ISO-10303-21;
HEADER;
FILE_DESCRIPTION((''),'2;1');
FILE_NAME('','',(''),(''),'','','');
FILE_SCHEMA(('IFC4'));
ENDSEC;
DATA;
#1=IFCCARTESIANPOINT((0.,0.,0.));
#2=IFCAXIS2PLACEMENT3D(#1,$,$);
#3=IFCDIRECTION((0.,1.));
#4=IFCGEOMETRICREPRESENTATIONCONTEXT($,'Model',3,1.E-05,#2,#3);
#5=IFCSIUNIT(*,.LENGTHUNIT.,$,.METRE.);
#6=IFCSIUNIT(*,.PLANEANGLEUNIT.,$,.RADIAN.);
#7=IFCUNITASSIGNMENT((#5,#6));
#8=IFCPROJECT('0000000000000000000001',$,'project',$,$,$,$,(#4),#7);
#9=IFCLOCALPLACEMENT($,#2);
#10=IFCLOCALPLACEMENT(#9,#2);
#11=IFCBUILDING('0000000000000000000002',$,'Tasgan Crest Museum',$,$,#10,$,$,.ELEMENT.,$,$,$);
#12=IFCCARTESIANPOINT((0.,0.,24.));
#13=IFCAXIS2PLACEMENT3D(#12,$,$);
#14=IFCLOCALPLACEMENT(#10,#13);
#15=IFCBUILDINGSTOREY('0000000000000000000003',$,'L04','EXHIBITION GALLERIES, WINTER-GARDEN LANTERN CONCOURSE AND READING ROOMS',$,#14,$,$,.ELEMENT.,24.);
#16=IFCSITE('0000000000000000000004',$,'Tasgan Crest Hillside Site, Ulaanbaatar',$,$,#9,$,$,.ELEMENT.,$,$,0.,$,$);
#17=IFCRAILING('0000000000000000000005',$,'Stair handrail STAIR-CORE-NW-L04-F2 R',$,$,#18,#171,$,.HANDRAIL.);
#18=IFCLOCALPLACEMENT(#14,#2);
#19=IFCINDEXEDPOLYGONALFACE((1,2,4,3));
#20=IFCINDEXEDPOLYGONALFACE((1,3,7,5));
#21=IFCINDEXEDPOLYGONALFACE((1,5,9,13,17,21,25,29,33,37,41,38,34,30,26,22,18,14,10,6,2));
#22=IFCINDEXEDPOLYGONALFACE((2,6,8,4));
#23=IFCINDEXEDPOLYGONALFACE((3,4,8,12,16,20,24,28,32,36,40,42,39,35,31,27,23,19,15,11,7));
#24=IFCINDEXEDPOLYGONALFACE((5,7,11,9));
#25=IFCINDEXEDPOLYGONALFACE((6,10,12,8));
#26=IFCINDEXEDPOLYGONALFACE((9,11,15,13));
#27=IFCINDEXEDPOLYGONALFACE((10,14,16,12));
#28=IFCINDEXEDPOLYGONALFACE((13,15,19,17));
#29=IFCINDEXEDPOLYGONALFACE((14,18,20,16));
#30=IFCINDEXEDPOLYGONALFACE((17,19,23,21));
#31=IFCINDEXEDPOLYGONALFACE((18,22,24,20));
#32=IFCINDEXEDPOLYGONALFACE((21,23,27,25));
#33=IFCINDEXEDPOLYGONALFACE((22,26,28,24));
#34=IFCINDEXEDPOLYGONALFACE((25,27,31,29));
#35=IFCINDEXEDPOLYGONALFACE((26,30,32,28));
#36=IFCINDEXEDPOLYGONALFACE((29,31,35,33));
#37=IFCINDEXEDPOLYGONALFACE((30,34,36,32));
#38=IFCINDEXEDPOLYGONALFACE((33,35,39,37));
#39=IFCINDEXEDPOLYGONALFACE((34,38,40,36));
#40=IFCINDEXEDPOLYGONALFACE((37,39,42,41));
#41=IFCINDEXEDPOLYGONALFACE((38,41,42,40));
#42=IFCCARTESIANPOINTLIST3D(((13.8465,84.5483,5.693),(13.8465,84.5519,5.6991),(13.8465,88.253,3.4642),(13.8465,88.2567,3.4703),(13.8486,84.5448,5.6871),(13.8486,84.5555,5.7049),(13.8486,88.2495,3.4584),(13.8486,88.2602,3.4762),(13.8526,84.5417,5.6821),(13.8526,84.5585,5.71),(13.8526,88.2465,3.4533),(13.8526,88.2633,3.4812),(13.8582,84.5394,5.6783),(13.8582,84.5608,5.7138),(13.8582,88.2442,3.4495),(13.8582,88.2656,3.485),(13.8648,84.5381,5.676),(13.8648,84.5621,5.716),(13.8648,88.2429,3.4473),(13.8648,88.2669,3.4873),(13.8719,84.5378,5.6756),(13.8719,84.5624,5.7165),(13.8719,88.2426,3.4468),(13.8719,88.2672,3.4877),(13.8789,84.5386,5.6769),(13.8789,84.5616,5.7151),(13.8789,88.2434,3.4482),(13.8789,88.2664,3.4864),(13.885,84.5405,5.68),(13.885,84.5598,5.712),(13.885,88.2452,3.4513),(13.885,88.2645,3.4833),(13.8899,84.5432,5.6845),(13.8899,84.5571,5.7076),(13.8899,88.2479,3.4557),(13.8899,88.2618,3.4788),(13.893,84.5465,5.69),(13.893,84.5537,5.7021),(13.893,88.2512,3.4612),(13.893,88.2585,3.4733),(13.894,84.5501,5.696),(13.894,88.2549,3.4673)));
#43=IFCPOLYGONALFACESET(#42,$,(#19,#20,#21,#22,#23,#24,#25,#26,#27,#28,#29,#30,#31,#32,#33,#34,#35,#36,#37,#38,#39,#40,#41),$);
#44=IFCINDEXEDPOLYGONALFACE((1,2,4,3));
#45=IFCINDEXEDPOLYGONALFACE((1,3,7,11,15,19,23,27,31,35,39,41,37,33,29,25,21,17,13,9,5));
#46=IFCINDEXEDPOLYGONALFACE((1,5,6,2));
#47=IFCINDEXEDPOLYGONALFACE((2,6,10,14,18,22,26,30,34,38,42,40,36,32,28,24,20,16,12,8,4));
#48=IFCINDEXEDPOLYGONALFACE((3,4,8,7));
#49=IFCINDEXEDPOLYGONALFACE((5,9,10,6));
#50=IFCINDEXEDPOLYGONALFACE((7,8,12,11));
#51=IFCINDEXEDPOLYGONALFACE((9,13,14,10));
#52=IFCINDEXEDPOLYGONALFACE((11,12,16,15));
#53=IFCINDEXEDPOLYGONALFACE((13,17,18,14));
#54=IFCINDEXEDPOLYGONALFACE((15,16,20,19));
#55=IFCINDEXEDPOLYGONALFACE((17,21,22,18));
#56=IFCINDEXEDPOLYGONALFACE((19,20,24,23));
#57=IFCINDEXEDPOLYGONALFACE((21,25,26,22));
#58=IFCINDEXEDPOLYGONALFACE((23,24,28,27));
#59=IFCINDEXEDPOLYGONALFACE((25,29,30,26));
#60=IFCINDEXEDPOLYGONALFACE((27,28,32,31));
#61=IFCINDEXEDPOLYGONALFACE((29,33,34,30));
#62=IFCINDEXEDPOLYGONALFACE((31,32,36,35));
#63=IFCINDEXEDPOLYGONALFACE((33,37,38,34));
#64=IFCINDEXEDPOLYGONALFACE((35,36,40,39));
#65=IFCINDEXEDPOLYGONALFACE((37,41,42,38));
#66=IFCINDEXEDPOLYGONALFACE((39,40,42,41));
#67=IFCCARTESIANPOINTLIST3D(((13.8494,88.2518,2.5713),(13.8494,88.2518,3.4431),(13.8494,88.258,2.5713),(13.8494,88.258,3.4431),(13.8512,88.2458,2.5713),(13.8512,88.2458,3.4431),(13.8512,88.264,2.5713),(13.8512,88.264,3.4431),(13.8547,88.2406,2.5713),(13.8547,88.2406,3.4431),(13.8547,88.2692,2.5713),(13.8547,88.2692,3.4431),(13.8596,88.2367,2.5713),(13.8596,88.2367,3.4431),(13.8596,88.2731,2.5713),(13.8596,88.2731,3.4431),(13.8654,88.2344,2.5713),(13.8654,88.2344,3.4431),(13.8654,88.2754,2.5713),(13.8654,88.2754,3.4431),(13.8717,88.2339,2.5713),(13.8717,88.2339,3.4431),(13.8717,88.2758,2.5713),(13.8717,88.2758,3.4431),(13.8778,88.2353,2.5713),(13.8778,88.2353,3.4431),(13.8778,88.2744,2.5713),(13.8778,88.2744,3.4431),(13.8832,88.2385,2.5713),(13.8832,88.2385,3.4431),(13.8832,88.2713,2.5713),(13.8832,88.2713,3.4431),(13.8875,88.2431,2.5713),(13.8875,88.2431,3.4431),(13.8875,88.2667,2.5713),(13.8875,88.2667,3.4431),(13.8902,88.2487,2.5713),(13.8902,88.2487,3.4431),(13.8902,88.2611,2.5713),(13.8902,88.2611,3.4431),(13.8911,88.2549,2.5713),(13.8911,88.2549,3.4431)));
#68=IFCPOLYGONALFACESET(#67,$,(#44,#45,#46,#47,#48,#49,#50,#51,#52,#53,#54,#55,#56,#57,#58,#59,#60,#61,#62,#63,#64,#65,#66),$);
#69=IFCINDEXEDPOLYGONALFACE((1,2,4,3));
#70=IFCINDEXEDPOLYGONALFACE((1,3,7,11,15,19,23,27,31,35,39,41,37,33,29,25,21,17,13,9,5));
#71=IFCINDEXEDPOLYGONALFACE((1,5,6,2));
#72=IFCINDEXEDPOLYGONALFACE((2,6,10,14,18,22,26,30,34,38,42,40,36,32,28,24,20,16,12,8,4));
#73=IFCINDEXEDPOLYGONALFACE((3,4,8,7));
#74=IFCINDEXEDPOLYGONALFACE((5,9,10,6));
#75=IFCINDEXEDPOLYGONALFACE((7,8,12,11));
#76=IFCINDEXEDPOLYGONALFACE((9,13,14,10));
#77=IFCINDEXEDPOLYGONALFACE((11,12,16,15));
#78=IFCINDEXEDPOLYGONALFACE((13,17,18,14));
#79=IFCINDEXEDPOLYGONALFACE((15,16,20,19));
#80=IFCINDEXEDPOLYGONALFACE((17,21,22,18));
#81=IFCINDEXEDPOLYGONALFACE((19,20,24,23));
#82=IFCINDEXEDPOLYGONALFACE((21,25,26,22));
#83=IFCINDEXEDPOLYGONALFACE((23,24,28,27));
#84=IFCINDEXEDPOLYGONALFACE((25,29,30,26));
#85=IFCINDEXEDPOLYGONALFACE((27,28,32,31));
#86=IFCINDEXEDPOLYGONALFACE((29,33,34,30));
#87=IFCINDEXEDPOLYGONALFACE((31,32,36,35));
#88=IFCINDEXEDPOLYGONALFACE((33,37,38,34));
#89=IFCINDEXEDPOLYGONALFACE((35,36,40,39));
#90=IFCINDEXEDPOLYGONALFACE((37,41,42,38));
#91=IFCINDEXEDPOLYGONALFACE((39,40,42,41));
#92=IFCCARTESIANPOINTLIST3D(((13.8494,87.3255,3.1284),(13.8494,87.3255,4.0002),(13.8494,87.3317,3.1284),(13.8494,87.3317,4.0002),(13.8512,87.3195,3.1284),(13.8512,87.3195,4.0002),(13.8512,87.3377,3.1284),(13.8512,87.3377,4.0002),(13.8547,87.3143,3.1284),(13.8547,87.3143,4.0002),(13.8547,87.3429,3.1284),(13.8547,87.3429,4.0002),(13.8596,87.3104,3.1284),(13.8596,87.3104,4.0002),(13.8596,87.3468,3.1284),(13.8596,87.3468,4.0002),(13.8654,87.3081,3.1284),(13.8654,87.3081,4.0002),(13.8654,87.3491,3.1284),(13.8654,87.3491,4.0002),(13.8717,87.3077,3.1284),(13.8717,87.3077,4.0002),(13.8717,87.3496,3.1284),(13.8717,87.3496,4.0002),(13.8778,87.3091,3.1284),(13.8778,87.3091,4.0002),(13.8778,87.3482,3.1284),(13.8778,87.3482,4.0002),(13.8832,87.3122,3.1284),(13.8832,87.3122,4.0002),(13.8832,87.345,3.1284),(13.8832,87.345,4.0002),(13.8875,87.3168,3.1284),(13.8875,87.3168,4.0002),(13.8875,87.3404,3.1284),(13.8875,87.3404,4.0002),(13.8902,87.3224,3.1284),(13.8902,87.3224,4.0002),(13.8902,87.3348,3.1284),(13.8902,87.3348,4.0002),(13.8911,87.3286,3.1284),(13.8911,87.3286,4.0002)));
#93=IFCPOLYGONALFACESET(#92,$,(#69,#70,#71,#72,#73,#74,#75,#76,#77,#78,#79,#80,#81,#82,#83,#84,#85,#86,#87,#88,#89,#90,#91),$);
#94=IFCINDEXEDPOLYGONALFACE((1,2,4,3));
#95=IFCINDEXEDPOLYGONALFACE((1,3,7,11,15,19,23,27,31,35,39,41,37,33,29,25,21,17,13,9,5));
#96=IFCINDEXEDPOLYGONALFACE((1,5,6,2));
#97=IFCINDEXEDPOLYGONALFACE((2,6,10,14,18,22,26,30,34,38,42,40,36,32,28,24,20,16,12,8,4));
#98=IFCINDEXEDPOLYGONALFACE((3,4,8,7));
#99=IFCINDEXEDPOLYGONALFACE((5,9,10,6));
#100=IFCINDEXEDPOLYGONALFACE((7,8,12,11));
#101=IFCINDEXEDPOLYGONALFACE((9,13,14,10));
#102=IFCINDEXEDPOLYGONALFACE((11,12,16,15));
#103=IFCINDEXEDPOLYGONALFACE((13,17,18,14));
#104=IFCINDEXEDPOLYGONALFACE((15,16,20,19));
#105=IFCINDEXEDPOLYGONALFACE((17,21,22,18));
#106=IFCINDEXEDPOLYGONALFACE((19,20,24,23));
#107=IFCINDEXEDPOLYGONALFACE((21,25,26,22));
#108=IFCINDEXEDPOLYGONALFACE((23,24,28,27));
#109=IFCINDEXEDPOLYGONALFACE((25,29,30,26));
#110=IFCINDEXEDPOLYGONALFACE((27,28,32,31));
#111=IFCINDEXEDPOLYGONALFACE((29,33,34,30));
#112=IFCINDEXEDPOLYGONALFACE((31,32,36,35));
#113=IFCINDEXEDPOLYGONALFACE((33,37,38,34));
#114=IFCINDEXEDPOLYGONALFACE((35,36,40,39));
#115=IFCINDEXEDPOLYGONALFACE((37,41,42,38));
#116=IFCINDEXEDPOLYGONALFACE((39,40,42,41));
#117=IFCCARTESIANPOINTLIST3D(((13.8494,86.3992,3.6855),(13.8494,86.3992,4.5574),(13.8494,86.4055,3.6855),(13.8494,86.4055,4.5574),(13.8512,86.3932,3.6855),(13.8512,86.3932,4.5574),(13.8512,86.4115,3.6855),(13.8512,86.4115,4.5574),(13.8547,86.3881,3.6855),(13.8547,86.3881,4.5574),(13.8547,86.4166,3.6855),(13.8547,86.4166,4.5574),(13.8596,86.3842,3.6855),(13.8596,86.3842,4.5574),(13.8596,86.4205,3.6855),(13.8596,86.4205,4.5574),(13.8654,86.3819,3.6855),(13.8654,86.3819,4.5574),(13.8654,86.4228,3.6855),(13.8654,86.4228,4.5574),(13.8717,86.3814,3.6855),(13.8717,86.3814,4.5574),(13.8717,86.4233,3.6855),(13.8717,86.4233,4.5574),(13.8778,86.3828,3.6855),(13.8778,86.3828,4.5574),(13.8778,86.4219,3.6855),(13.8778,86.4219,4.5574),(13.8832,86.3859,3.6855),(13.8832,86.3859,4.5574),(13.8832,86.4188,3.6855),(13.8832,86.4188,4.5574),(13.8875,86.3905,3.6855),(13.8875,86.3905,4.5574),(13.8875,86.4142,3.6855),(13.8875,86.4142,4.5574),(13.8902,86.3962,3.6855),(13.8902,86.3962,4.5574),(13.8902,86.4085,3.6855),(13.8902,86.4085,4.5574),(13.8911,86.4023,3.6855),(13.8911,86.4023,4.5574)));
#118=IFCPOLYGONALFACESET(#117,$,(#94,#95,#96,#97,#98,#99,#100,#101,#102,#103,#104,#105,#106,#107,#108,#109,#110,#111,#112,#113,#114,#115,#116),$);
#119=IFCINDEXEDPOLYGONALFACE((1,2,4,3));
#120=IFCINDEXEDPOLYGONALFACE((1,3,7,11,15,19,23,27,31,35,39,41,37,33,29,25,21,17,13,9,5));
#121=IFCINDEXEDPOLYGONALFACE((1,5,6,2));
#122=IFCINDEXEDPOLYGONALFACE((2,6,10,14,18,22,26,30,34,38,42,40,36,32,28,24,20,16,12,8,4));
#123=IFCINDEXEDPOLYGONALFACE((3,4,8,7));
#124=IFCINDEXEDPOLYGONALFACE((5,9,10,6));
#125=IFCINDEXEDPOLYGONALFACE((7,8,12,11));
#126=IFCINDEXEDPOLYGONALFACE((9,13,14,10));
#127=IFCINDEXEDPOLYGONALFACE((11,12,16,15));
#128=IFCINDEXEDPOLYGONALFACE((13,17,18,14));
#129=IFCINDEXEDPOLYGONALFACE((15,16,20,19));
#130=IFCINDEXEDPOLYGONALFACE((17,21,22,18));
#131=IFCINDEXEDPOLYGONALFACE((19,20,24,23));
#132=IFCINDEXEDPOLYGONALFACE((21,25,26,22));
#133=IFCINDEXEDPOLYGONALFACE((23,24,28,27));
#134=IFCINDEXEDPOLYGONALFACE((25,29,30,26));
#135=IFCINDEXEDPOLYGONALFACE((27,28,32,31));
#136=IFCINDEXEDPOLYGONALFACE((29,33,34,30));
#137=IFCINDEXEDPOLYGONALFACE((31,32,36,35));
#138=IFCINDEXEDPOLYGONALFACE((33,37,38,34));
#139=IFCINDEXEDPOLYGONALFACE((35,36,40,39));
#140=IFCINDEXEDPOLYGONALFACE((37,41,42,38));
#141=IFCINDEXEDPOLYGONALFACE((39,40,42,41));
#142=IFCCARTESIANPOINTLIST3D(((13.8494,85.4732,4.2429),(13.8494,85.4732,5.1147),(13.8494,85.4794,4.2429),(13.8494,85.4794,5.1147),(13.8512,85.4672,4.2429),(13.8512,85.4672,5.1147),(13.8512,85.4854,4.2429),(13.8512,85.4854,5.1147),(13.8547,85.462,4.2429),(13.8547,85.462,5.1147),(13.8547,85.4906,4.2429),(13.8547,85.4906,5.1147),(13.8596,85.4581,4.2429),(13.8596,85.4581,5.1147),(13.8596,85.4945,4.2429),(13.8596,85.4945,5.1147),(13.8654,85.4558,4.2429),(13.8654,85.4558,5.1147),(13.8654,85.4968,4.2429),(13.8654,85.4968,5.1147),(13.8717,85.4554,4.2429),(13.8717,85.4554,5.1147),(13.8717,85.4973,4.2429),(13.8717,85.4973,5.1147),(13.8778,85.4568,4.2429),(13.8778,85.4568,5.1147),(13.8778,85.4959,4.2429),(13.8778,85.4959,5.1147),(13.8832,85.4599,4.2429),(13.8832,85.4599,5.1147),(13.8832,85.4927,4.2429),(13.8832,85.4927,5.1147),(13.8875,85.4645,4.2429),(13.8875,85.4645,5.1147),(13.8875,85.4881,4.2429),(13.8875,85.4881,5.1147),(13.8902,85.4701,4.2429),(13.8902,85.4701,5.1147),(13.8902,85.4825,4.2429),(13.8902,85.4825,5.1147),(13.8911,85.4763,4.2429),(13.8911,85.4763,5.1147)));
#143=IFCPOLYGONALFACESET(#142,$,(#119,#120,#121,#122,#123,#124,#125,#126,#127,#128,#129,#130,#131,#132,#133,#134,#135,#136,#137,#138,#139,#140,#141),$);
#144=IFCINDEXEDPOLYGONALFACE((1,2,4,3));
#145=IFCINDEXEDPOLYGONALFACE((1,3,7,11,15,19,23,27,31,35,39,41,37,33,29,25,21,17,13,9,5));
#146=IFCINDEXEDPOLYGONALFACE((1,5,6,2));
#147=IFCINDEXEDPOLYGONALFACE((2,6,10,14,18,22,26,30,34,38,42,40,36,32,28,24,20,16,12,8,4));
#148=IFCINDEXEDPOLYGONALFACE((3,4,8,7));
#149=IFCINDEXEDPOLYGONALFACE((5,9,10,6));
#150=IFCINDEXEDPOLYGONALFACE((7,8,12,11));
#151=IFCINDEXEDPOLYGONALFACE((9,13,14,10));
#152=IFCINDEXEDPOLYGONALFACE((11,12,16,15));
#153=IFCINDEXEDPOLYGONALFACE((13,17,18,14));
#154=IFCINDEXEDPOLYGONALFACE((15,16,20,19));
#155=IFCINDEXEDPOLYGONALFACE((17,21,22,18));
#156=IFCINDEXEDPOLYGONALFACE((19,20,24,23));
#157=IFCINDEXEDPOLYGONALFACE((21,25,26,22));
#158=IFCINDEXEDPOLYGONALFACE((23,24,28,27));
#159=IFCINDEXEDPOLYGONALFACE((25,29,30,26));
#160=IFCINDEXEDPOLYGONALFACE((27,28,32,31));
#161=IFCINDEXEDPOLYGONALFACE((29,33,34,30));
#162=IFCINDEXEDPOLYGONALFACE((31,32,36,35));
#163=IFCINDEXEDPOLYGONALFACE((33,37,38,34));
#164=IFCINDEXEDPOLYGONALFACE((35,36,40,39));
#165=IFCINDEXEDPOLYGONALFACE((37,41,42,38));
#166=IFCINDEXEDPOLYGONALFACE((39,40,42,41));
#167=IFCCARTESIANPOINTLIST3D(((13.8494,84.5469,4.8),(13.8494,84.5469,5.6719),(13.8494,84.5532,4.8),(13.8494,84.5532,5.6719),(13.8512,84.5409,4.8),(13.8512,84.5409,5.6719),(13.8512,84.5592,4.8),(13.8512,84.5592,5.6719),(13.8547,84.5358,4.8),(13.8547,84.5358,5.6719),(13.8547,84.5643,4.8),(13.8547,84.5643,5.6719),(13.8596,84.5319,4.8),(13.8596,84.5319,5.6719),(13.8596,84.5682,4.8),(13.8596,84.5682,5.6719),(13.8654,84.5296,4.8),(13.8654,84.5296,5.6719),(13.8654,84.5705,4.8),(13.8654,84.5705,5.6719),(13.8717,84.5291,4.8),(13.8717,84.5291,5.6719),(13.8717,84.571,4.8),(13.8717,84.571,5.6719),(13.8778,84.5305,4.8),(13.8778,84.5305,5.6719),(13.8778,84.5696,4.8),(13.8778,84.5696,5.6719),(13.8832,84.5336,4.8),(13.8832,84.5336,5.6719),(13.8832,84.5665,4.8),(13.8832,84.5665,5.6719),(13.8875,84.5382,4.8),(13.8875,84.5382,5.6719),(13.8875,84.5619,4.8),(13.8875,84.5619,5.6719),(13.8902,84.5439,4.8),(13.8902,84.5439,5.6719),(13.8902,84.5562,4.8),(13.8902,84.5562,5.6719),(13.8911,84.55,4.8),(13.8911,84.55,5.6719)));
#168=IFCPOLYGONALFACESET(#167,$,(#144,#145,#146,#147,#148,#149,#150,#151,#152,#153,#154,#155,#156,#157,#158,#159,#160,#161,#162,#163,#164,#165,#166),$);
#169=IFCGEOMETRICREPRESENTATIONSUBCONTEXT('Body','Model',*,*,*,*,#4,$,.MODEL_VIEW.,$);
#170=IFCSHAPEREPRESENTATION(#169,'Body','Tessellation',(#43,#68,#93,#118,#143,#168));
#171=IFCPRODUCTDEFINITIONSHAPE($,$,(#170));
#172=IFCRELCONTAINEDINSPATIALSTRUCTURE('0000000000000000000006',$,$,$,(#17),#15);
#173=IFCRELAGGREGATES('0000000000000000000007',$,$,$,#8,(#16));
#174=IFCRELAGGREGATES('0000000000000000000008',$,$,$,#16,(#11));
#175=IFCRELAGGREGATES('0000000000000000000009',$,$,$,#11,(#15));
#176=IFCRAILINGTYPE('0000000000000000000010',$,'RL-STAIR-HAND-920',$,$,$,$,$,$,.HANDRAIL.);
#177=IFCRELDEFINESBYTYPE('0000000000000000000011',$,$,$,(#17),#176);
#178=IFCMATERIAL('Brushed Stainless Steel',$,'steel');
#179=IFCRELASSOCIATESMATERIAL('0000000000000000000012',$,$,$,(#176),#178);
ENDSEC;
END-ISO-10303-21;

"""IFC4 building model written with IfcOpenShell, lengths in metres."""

from ifc_helpers import new_model, si_unit, direction, frame, origin, origin_2d, place, context, subcontext, project, spatial, circle, extrude, material, type_object, element, save


model = new_model("IFC4")

# Units and contexts
model_context = context("Model", 3, precision=1e-05, world=origin(), true_north=direction((0.0, 1.0)))
body_context = subcontext(model_context, "Body", "Model", "MODEL_VIEW")
ifc_project = project(units=[si_unit("LENGTHUNIT", "METRE"), si_unit("PLANEANGLEUNIT", "RADIAN")], contexts=[model_context])

# Site, building, storey
site_placement = place(None, origin())
site = spatial("IfcSite", under=ifc_project, at=site_placement, Name="Tasgan Crest Hillside Site, Ulaanbaatar", CompositionType="ELEMENT", RefElevation=0.0)
building_placement = place(site_placement, origin())
building = spatial("IfcBuilding", under=site, at=building_placement, Name="Tasgan Crest Museum", CompositionType="ELEMENT")
storey_placement = place(building_placement, frame((0.0, 0.0, 24.0)))
storey = spatial("IfcBuildingStorey", under=building, at=storey_placement, Name="L04", Description="EXHIBITION GALLERIES, WINTER-GARDEN LANTERN CONCOURSE AND READING ROOMS", CompositionType="ELEMENT", Elevation=24.0)

# Railing
ifc_material_1 = material(Name="Brushed Stainless Steel", Category="steel")
railing_type_1 = type_object("IfcRailingType", Name="RL-STAIR-HAND-920", PredefinedType="HANDRAIL", material=ifc_material_1)
for number, where, name in (
    (1, (13.8701, 88.2549, 2.5713), "Stair handrail STAIR-CORE-NW-L04-F2 R"),
):
    element("IfcRailing", number, at=place(storey_placement, frame(where)), inside=storey, type_object=railing_type_1, Name=name, PredefinedType="HANDRAIL", context=body_context, shape_type="SweptSolid", body=[
        extrude(circle(Radius=0.0239, at=origin_2d()), frame((0.0, 0.0, 0.896), z_axis=(0.0, -0.856894, 0.515492), x_axis=(1.0, 0.0, 0.0)), (0.0, 0.0, 1.0), 4.3235),
        extrude(circle(Radius=0.021, at=origin_2d()), origin(), (0.0, 0.0, 1.0), 0.8718),
        extrude(circle(Radius=0.021, at=origin_2d()), frame((0.0, -0.9263, 0.5571)), (0.0, 0.0, 1.0), 0.8718),
        extrude(circle(Radius=0.021, at=origin_2d()), frame((0.0, -1.8525, 1.1143)), (0.0, 0.0, 1.0), 0.8718),
        extrude(circle(Radius=0.021, at=origin_2d()), frame((0.0, -2.7786, 1.6716)), (0.0, 0.0, 1.0), 0.8718),
        extrude(circle(Radius=0.021, at=origin_2d()), frame((0.0, -3.7048, 2.2288)), (0.0, 0.0, 1.0), 0.8718),
    ])

save(model, "model.ifc")
